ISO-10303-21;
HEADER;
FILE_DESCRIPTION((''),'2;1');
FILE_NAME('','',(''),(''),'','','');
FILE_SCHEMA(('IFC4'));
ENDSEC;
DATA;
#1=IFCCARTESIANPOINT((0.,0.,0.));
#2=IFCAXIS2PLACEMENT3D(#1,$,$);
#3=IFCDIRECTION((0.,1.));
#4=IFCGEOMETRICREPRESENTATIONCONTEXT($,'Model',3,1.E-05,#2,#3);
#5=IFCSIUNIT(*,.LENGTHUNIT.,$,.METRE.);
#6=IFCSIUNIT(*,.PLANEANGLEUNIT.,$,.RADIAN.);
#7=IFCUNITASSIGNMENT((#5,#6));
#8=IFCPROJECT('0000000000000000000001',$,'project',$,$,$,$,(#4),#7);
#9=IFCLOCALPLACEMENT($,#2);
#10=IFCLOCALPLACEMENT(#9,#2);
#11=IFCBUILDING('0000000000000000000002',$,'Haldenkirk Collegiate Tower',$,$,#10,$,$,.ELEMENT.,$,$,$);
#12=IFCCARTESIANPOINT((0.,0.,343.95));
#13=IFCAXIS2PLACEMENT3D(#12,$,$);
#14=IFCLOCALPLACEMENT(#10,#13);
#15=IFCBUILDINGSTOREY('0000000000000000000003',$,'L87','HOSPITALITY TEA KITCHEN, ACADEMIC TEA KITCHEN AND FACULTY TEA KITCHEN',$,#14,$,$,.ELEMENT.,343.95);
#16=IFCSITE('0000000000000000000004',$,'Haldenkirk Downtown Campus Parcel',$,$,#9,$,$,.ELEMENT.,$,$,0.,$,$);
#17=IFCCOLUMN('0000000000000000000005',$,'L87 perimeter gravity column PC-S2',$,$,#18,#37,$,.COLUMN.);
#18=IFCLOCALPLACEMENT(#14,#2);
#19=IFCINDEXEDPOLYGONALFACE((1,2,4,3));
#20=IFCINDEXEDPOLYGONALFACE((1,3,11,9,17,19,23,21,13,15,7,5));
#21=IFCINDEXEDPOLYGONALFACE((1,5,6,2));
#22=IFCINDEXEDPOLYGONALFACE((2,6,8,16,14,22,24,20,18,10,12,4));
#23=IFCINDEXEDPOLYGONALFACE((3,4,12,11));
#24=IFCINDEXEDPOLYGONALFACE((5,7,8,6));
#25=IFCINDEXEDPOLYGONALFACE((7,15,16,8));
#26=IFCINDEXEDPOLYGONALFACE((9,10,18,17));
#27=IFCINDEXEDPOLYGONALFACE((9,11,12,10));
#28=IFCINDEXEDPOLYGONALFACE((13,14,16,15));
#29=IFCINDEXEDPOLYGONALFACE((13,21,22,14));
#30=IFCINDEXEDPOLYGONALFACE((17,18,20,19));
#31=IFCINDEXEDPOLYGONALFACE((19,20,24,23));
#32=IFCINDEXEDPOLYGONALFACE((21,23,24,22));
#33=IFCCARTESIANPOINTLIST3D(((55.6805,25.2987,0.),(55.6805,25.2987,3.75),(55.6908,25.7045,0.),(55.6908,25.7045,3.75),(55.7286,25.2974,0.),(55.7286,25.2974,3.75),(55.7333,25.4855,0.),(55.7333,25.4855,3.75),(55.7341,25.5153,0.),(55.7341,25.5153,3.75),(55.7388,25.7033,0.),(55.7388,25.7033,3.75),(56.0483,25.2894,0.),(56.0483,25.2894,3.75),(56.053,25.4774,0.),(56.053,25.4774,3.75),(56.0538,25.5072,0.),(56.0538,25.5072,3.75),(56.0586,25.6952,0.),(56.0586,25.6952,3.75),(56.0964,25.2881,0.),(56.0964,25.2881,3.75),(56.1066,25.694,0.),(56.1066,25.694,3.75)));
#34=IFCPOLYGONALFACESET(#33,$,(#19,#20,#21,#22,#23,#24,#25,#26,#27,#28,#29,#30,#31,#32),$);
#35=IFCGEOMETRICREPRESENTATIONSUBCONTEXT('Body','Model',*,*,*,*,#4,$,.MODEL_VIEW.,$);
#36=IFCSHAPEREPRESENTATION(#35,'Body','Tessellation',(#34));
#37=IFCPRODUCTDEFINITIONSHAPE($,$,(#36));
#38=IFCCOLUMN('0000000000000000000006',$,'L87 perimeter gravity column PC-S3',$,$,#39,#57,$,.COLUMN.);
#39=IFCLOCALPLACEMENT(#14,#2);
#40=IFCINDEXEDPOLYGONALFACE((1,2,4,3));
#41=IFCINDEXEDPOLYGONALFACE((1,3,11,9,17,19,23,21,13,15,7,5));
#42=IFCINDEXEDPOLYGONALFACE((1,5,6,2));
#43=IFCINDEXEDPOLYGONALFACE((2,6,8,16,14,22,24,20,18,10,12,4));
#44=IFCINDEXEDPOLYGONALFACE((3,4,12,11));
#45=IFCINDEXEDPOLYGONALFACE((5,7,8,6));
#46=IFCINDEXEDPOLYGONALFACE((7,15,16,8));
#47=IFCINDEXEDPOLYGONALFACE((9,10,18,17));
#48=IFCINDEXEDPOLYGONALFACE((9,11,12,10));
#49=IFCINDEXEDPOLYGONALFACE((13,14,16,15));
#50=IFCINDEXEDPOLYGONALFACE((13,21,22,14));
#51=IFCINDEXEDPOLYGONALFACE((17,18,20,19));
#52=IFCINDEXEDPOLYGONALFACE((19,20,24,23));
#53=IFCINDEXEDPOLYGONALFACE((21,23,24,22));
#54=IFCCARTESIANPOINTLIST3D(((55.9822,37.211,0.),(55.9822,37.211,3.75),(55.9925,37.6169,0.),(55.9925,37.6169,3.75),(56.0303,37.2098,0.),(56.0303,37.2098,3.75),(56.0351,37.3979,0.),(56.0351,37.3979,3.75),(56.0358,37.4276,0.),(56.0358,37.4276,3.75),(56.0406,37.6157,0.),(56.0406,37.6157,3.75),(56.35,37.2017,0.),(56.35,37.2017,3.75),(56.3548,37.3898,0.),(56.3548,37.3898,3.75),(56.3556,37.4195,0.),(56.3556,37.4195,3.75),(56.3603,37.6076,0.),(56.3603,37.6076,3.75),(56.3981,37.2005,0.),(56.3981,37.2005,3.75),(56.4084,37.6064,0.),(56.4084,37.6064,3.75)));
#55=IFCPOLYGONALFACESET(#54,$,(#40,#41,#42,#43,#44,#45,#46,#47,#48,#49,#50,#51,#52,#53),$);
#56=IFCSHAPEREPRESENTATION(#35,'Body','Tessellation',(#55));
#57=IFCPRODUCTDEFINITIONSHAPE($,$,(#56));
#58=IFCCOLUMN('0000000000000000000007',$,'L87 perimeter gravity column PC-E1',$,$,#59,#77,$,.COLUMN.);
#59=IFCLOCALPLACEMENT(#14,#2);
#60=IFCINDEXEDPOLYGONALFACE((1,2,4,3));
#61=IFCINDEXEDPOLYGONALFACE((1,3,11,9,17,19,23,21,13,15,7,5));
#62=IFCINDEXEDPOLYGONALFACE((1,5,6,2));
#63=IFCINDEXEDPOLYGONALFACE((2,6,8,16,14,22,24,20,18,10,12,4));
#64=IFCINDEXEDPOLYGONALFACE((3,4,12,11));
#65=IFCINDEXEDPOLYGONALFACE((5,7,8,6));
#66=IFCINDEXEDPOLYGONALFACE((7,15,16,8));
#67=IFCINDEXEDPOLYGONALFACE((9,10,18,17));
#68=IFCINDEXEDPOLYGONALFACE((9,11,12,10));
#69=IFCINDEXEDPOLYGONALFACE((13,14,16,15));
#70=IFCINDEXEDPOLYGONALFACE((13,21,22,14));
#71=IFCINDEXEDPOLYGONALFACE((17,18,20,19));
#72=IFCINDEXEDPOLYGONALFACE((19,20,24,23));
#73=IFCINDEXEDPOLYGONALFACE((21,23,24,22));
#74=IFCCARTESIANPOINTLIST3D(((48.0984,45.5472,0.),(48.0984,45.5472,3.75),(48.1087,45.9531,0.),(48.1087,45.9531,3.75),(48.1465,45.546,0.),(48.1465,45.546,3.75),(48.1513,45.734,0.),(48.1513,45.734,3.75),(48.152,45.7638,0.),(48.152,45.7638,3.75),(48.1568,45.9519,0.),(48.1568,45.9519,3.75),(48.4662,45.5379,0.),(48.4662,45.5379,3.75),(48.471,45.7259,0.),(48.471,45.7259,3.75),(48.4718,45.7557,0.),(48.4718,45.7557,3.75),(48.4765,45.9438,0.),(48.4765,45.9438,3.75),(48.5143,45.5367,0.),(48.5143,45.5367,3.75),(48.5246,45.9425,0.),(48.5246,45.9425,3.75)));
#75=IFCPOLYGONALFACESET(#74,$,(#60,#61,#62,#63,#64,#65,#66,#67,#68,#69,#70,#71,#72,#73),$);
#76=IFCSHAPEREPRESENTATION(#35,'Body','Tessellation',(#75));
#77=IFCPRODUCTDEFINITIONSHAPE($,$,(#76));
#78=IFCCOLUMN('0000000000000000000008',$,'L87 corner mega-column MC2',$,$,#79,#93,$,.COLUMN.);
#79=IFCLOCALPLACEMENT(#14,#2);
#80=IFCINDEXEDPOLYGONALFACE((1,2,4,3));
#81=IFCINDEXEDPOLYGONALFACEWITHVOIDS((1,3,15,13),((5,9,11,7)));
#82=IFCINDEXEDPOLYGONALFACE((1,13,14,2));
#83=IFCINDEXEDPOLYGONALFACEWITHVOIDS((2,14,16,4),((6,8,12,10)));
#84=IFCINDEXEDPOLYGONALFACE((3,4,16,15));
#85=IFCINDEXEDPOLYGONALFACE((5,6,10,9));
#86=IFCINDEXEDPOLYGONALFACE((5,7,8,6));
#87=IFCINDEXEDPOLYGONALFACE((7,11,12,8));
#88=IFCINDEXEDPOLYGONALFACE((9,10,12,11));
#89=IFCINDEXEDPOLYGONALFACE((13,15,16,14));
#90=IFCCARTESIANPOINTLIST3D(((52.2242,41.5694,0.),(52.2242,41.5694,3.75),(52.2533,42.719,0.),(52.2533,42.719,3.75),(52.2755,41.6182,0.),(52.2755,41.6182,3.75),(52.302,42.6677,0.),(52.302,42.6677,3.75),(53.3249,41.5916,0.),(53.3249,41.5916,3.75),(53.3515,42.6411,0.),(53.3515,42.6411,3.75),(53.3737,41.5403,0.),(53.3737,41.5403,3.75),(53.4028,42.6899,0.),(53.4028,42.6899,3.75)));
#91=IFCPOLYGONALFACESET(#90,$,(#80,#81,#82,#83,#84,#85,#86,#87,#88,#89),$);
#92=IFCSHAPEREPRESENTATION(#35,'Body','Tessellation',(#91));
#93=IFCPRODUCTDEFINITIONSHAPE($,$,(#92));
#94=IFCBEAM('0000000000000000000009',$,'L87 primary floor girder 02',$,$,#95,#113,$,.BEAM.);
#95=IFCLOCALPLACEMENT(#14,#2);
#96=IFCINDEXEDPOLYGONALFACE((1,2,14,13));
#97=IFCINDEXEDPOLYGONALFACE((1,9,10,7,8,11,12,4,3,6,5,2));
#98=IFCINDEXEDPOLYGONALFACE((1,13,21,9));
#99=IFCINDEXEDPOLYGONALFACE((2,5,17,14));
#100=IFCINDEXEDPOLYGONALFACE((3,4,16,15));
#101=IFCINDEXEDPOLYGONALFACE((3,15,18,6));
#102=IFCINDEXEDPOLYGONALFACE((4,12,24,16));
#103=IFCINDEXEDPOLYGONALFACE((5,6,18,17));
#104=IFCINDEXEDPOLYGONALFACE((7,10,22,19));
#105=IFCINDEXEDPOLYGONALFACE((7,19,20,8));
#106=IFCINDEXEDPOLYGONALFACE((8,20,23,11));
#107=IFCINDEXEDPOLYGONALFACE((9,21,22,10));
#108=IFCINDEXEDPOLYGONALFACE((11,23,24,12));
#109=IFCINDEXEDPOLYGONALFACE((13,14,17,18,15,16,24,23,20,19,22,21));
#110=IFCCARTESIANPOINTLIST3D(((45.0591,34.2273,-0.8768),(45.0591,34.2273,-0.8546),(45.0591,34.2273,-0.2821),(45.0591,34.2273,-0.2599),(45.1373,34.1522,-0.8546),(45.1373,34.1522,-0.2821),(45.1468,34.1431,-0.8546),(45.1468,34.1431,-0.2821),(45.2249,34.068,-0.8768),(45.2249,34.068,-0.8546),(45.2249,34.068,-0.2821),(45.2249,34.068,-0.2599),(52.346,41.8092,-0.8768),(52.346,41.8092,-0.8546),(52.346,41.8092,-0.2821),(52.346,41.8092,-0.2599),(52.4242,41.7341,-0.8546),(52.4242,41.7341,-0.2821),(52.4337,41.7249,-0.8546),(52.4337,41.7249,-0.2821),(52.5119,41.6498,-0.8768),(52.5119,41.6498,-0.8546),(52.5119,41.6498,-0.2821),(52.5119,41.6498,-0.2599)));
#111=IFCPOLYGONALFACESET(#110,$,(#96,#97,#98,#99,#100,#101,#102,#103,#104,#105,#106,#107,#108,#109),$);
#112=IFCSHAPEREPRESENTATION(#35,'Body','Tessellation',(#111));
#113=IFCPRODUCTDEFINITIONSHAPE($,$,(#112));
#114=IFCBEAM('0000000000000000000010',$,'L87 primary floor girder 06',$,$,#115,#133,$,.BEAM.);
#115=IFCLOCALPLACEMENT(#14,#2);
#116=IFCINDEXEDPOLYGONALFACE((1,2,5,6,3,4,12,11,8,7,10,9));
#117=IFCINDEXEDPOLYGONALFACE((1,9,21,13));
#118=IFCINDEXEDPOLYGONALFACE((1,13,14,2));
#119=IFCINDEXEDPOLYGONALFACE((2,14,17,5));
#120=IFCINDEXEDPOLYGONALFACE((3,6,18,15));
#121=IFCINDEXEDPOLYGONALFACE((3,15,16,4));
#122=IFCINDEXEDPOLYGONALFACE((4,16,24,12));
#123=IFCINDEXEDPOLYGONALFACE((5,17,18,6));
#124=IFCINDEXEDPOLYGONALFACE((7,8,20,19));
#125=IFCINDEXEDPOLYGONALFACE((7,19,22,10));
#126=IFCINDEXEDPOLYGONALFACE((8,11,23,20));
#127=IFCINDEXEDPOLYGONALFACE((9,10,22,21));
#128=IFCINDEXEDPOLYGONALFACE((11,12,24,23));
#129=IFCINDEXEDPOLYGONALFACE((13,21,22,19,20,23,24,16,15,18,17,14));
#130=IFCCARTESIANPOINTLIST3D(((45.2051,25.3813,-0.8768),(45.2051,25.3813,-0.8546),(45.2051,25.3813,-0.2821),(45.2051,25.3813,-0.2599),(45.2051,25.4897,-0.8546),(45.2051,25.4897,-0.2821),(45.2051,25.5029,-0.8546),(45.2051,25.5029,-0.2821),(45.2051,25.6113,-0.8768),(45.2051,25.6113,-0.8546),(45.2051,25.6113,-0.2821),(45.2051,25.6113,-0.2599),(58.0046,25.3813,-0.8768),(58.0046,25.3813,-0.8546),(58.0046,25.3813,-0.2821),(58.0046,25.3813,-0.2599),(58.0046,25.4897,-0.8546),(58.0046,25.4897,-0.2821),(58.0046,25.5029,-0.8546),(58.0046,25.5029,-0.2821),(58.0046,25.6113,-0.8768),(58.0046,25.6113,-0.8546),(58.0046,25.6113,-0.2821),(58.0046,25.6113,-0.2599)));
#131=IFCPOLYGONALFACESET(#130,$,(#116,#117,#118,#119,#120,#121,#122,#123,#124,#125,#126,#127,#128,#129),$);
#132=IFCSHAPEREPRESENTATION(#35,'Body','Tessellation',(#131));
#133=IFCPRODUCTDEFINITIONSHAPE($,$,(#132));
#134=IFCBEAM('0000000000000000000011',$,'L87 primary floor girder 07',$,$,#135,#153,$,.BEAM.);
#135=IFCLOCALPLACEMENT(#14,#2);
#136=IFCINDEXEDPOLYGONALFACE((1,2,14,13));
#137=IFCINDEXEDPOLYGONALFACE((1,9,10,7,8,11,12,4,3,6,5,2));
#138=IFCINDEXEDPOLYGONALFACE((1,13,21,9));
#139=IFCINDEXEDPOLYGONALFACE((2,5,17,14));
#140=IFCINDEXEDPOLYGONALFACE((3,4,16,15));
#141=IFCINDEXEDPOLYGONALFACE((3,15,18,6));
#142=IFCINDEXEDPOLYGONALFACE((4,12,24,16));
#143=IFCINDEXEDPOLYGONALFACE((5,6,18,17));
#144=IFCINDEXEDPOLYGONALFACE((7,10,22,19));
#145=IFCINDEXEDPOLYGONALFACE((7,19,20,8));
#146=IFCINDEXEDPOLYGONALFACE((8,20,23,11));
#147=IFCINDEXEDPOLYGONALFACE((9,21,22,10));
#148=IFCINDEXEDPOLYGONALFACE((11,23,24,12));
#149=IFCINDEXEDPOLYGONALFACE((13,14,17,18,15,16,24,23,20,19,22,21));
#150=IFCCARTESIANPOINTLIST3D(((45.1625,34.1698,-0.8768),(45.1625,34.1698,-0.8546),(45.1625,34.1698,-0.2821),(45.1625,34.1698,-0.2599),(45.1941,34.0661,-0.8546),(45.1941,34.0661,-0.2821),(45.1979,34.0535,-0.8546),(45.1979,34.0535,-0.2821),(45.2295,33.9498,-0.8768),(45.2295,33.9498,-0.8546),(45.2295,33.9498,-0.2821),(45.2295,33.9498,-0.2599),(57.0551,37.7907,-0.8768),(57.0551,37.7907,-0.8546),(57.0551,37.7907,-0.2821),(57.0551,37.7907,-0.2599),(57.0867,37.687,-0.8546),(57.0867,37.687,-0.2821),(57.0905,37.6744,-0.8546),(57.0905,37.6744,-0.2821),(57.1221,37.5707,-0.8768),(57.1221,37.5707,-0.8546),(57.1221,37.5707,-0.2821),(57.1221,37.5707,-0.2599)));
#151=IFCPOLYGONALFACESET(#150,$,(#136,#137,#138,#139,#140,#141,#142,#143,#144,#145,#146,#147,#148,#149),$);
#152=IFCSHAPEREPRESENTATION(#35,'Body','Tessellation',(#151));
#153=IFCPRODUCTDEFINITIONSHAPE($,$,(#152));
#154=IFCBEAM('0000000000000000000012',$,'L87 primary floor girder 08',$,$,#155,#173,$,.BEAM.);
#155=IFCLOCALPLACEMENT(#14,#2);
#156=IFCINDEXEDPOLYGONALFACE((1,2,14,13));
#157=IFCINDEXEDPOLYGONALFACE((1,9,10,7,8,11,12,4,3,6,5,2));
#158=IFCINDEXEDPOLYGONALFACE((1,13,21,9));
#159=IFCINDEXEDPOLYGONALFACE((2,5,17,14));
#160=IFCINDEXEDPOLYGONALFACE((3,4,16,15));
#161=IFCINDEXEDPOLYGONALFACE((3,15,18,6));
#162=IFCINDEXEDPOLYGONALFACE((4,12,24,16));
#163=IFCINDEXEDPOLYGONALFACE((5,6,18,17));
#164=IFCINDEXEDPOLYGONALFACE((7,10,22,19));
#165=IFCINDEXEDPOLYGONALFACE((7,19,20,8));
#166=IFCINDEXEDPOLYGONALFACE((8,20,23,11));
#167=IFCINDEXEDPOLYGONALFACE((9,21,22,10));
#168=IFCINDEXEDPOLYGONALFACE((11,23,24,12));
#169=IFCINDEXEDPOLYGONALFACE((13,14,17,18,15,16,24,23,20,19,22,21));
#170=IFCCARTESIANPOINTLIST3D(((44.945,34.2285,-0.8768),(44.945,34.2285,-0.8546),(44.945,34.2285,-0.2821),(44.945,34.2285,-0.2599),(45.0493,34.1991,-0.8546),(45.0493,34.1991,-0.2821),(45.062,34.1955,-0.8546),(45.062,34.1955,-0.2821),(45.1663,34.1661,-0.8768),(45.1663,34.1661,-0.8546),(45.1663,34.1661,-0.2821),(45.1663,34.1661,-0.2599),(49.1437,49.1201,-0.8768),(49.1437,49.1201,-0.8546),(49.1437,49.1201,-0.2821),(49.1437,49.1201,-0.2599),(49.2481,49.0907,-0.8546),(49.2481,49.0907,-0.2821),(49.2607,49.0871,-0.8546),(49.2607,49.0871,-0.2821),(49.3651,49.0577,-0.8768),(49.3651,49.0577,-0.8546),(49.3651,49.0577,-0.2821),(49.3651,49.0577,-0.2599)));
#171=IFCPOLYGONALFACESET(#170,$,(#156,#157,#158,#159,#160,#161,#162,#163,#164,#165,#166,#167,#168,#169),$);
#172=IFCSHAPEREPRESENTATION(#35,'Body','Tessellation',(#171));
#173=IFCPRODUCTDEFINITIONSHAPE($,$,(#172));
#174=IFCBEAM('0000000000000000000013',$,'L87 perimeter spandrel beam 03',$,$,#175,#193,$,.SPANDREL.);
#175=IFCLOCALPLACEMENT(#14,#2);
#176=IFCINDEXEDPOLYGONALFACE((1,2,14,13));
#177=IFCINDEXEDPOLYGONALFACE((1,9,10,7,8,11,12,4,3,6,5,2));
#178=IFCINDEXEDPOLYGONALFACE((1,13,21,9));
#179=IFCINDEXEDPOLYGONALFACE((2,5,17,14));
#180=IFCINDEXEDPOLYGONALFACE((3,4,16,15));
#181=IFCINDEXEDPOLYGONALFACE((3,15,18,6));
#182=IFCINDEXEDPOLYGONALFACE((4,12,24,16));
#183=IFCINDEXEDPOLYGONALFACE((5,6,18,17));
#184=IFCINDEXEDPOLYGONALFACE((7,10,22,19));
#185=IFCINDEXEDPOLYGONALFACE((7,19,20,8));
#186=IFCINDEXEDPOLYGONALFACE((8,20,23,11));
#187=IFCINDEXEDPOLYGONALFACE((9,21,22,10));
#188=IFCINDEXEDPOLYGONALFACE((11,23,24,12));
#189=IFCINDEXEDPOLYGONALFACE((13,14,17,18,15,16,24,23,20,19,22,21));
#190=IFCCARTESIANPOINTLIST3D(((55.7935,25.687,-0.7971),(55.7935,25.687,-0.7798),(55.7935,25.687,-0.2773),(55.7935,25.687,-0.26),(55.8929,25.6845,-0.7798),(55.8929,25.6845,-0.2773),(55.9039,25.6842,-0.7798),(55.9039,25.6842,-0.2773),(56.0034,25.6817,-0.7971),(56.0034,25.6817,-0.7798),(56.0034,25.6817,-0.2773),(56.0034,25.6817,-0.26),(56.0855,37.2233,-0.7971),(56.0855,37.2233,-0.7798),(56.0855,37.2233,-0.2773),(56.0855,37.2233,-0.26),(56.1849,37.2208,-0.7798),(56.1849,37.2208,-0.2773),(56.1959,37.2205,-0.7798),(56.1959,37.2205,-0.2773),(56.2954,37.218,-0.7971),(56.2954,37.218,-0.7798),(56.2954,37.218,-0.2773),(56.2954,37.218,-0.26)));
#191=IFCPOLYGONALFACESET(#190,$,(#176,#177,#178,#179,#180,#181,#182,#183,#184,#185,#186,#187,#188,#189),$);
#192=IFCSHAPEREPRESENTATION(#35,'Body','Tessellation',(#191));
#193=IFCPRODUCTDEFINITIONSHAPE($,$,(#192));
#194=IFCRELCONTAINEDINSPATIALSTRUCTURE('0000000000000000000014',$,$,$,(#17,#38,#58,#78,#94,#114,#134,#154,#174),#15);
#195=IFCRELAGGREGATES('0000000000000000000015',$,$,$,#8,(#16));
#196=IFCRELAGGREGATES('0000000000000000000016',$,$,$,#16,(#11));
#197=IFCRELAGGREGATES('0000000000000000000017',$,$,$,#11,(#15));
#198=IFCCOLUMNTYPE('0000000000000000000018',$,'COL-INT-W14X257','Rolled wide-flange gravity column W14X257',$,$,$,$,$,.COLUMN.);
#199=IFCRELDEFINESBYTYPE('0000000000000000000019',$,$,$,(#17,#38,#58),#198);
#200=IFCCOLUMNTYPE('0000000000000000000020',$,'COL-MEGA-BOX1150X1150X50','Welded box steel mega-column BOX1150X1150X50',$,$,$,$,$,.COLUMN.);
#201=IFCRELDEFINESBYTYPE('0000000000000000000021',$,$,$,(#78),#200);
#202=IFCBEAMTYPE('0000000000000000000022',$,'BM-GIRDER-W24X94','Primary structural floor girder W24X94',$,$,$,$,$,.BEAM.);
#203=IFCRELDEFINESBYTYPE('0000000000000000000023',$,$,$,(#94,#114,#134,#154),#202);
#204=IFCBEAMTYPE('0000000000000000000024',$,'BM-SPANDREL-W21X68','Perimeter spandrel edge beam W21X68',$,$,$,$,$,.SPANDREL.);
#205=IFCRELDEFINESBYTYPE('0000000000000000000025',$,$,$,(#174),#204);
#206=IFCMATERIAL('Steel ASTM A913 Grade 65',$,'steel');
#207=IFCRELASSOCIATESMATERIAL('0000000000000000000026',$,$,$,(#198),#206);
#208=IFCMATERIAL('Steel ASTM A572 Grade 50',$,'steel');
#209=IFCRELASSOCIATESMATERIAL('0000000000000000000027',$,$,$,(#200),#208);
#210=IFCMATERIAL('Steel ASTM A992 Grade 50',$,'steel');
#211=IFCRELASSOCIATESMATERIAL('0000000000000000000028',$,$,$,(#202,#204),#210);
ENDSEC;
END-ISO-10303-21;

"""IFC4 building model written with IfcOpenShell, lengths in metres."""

from ifc_helpers import new_model, si_unit, direction, frame, origin, origin_2d, place, context, subcontext, project, spatial, hollow_rectangle, i_section, extrude, material, material_profile, profile_set, type_object, element, save


model = new_model("IFC4")

# Units and contexts
model_context = context("Model", 3, precision=1e-05, world=origin(), true_north=direction((0.0, 1.0)))
body_context = subcontext(model_context, "Body", "Model", "MODEL_VIEW")
ifc_project = project(units=[si_unit("LENGTHUNIT", "METRE"), si_unit("PLANEANGLEUNIT", "RADIAN")], contexts=[model_context])

# Site, building, storey
site_placement = place(None, origin())
site = spatial("IfcSite", under=ifc_project, at=site_placement, Name="Haldenkirk Downtown Campus Parcel", CompositionType="ELEMENT", RefElevation=0.0)
building_placement = place(site_placement, origin())
building = spatial("IfcBuilding", under=site, at=building_placement, Name="Haldenkirk Collegiate Tower", CompositionType="ELEMENT")
storey_placement = place(building_placement, frame((0.0, 0.0, 343.95)))
storey = spatial("IfcBuildingStorey", under=building, at=storey_placement, Name="L87", Description="HOSPITALITY TEA KITCHEN, ACADEMIC TEA KITCHEN AND FACULTY TEA KITCHEN", CompositionType="ELEMENT", Elevation=343.95)

# Columns
ifc_material_1 = material(Name="Steel ASTM A913 Grade 65", Category="steel")
ifc_material_profile_1 = material_profile(ifc_material_1, i_section(OverallWidth=0.406, OverallDepth=0.416, WebThickness=0.0298, FlangeThickness=0.0481, at=origin_2d()), Name="W14X257")
ifc_profile_set_1 = profile_set([ifc_material_profile_1], Name="Steel ASTM A913 Grade 65")
column_type_1 = type_object("IfcColumnType", Name="COL-INT-W14X257", Description="Rolled wide-flange gravity column W14X257", PredefinedType="COLUMN", material=ifc_profile_set_1)
for number, where, z_axis, x_axis, name in (
    (1, (55.8936, 25.4963, 0.0), (0.0, 0.0, 1.0), (0.025305, 0.99968, 0.0), "L87 perimeter gravity column PC-S2"),
    (2, (56.1953, 37.4087, 0.0), (0.0, 0.0, 1.0), (0.025305, 0.99968, 0.0), "L87 perimeter gravity column PC-S3"),
    (3, (48.3115, 45.7449, 0.0), (0.0, 0.0, 1.0), (0.025305, 0.99968, 0.0), "L87 perimeter gravity column PC-E1"),
):
    element("IfcColumn", number, at=place(storey_placement, frame(where, z_axis=z_axis, x_axis=x_axis)), inside=storey, type_object=column_type_1, Name=name, PredefinedType="COLUMN", context=body_context, shape_type="SweptSolid", body=[
        extrude(i_section(OverallWidth=0.406, OverallDepth=0.416, WebThickness=0.0298, FlangeThickness=0.0481, at=origin_2d()), origin(), (0.0, 0.0, 1.0), 3.75),
    ])
ifc_material_2 = material(Name="Steel ASTM A572 Grade 50", Category="steel")
ifc_material_profile_2 = material_profile(ifc_material_2, hollow_rectangle(XDim=1.1499, YDim=1.1499, WallThickness=0.05, at=origin_2d()), Name="BOX1150X1150X50")
ifc_profile_set_2 = profile_set([ifc_material_profile_2], Name="Steel ASTM A572 Grade 50")
column_type_2 = type_object("IfcColumnType", Name="COL-MEGA-BOX1150X1150X50", Description="Welded box steel mega-column BOX1150X1150X50", PredefinedType="COLUMN", material=ifc_profile_set_2)
column_placement = place(storey_placement, frame((52.8135, 42.1296, 0.0), z_axis=(0.0, 0.0, 1.0), x_axis=(0.025305, 0.99968, 0.0)))
element("IfcColumn", 4, at=column_placement, inside=storey, type_object=column_type_2, Name="L87 corner mega-column MC2", PredefinedType="COLUMN", context=body_context, shape_type="SweptSolid", body=[
    extrude(hollow_rectangle(XDim=1.1499, YDim=1.1499, WallThickness=0.05, at=origin_2d()), origin(), (0.0, 0.0, 1.0), 3.75),
])

# Beams
ifc_material_3 = material(Name="Steel ASTM A992 Grade 50", Category="steel")
ifc_material_profile_3 = material_profile(ifc_material_3, i_section(OverallWidth=0.23, OverallDepth=0.6169, WebThickness=0.0132, FlangeThickness=0.0222, at=origin_2d()), Name="W24X94")
ifc_profile_set_3 = profile_set([ifc_material_profile_3], Name="Steel ASTM A992 Grade 50")
beam_type_1 = type_object("IfcBeamType", Name="BM-GIRDER-W24X94", Description="Primary structural floor girder W24X94", PredefinedType="BEAM", material=ifc_profile_set_3)
beam_1_placement = place(storey_placement, frame((52.429, 41.7295, -0.5684), z_axis=(-0.692945, -0.720991, 0.0), x_axis=(0.720991, -0.692945, 0.0)))
element("IfcBeam", 5, at=beam_1_placement, inside=storey, type_object=beam_type_1, Name="L87 primary floor girder 02", PredefinedType="BEAM", context=body_context, shape_type="SweptSolid", body=[
    extrude(i_section(OverallWidth=0.23, OverallDepth=0.6169, WebThickness=0.0132, FlangeThickness=0.0222, at=origin_2d()), origin(), (0.0, 0.0, 1.0), 10.5159),
])
beam_2_placement = place(storey_placement, frame((58.0046, 25.4963, -0.5684), z_axis=(-1.0, 0.0, 0.0), x_axis=(0.0, -1.0, 0.0)))
element("IfcBeam", 6, at=beam_2_placement, inside=storey, type_object=beam_type_1, Name="L87 primary floor girder 06", PredefinedType="BEAM", context=body_context, shape_type="SweptSolid", body=[
    extrude(i_section(OverallWidth=0.23, OverallDepth=0.6169, WebThickness=0.0132, FlangeThickness=0.0222, at=origin_2d()), origin(), (0.0, 0.0, 1.0), 12.7996),
])
beam_3_placement = place(storey_placement, frame((57.0886, 37.6807, -0.5684), z_axis=(-0.956643, -0.291262, 0.0), x_axis=(0.291262, -0.956643, 0.0)))
element("IfcBeam", 7, at=beam_3_placement, inside=storey, type_object=beam_type_1, Name="L87 primary floor girder 07", PredefinedType="BEAM", context=body_context, shape_type="SweptSolid", body=[
    extrude(i_section(OverallWidth=0.23, OverallDepth=0.6169, WebThickness=0.0132, FlangeThickness=0.0222, at=origin_2d()), origin(), (0.0, 0.0, 1.0), 12.4316),
])
beam_4_placement = place(storey_placement, frame((49.2544, 49.0889, -0.5684), z_axis=(-0.271372, -0.962474, 0.0), x_axis=(0.962474, -0.271372, 0.0)))
element("IfcBeam", 8, at=beam_4_placement, inside=storey, type_object=beam_type_1, Name="L87 primary floor girder 08", PredefinedType="BEAM", context=body_context, shape_type="SweptSolid", body=[
    extrude(i_section(OverallWidth=0.23, OverallDepth=0.6169, WebThickness=0.0132, FlangeThickness=0.0222, at=origin_2d()), origin(), (0.0, 0.0, 1.0), 15.4722),
])
ifc_material_profile_4 = material_profile(ifc_material_3, i_section(OverallWidth=0.21, OverallDepth=0.5371, WebThickness=0.011, FlangeThickness=0.0173, at=origin_2d()), Name="W21X68")
ifc_profile_set_4 = profile_set([ifc_material_profile_4], Name="Steel ASTM A992 Grade 50")
beam_type_2 = type_object("IfcBeamType", Name="BM-SPANDREL-W21X68", Description="Perimeter spandrel edge beam W21X68", PredefinedType="SPANDREL", material=ifc_profile_set_4)
beam_5_placement = place(storey_placement, frame((55.8984, 25.6843, -0.5286), z_axis=(0.025302, 0.99968, 0.0), x_axis=(-0.99968, 0.025302, 0.0)))
element("IfcBeam", 9, at=beam_5_placement, inside=storey, type_object=beam_type_2, Name="L87 perimeter spandrel beam 03", PredefinedType="SPANDREL", context=body_context, shape_type="SweptSolid", body=[
    extrude(i_section(OverallWidth=0.21, OverallDepth=0.5371, WebThickness=0.011, FlangeThickness=0.0173, at=origin_2d()), origin(), (0.0, 0.0, 1.0), 11.54),
])

save(model, "model.ifc")
